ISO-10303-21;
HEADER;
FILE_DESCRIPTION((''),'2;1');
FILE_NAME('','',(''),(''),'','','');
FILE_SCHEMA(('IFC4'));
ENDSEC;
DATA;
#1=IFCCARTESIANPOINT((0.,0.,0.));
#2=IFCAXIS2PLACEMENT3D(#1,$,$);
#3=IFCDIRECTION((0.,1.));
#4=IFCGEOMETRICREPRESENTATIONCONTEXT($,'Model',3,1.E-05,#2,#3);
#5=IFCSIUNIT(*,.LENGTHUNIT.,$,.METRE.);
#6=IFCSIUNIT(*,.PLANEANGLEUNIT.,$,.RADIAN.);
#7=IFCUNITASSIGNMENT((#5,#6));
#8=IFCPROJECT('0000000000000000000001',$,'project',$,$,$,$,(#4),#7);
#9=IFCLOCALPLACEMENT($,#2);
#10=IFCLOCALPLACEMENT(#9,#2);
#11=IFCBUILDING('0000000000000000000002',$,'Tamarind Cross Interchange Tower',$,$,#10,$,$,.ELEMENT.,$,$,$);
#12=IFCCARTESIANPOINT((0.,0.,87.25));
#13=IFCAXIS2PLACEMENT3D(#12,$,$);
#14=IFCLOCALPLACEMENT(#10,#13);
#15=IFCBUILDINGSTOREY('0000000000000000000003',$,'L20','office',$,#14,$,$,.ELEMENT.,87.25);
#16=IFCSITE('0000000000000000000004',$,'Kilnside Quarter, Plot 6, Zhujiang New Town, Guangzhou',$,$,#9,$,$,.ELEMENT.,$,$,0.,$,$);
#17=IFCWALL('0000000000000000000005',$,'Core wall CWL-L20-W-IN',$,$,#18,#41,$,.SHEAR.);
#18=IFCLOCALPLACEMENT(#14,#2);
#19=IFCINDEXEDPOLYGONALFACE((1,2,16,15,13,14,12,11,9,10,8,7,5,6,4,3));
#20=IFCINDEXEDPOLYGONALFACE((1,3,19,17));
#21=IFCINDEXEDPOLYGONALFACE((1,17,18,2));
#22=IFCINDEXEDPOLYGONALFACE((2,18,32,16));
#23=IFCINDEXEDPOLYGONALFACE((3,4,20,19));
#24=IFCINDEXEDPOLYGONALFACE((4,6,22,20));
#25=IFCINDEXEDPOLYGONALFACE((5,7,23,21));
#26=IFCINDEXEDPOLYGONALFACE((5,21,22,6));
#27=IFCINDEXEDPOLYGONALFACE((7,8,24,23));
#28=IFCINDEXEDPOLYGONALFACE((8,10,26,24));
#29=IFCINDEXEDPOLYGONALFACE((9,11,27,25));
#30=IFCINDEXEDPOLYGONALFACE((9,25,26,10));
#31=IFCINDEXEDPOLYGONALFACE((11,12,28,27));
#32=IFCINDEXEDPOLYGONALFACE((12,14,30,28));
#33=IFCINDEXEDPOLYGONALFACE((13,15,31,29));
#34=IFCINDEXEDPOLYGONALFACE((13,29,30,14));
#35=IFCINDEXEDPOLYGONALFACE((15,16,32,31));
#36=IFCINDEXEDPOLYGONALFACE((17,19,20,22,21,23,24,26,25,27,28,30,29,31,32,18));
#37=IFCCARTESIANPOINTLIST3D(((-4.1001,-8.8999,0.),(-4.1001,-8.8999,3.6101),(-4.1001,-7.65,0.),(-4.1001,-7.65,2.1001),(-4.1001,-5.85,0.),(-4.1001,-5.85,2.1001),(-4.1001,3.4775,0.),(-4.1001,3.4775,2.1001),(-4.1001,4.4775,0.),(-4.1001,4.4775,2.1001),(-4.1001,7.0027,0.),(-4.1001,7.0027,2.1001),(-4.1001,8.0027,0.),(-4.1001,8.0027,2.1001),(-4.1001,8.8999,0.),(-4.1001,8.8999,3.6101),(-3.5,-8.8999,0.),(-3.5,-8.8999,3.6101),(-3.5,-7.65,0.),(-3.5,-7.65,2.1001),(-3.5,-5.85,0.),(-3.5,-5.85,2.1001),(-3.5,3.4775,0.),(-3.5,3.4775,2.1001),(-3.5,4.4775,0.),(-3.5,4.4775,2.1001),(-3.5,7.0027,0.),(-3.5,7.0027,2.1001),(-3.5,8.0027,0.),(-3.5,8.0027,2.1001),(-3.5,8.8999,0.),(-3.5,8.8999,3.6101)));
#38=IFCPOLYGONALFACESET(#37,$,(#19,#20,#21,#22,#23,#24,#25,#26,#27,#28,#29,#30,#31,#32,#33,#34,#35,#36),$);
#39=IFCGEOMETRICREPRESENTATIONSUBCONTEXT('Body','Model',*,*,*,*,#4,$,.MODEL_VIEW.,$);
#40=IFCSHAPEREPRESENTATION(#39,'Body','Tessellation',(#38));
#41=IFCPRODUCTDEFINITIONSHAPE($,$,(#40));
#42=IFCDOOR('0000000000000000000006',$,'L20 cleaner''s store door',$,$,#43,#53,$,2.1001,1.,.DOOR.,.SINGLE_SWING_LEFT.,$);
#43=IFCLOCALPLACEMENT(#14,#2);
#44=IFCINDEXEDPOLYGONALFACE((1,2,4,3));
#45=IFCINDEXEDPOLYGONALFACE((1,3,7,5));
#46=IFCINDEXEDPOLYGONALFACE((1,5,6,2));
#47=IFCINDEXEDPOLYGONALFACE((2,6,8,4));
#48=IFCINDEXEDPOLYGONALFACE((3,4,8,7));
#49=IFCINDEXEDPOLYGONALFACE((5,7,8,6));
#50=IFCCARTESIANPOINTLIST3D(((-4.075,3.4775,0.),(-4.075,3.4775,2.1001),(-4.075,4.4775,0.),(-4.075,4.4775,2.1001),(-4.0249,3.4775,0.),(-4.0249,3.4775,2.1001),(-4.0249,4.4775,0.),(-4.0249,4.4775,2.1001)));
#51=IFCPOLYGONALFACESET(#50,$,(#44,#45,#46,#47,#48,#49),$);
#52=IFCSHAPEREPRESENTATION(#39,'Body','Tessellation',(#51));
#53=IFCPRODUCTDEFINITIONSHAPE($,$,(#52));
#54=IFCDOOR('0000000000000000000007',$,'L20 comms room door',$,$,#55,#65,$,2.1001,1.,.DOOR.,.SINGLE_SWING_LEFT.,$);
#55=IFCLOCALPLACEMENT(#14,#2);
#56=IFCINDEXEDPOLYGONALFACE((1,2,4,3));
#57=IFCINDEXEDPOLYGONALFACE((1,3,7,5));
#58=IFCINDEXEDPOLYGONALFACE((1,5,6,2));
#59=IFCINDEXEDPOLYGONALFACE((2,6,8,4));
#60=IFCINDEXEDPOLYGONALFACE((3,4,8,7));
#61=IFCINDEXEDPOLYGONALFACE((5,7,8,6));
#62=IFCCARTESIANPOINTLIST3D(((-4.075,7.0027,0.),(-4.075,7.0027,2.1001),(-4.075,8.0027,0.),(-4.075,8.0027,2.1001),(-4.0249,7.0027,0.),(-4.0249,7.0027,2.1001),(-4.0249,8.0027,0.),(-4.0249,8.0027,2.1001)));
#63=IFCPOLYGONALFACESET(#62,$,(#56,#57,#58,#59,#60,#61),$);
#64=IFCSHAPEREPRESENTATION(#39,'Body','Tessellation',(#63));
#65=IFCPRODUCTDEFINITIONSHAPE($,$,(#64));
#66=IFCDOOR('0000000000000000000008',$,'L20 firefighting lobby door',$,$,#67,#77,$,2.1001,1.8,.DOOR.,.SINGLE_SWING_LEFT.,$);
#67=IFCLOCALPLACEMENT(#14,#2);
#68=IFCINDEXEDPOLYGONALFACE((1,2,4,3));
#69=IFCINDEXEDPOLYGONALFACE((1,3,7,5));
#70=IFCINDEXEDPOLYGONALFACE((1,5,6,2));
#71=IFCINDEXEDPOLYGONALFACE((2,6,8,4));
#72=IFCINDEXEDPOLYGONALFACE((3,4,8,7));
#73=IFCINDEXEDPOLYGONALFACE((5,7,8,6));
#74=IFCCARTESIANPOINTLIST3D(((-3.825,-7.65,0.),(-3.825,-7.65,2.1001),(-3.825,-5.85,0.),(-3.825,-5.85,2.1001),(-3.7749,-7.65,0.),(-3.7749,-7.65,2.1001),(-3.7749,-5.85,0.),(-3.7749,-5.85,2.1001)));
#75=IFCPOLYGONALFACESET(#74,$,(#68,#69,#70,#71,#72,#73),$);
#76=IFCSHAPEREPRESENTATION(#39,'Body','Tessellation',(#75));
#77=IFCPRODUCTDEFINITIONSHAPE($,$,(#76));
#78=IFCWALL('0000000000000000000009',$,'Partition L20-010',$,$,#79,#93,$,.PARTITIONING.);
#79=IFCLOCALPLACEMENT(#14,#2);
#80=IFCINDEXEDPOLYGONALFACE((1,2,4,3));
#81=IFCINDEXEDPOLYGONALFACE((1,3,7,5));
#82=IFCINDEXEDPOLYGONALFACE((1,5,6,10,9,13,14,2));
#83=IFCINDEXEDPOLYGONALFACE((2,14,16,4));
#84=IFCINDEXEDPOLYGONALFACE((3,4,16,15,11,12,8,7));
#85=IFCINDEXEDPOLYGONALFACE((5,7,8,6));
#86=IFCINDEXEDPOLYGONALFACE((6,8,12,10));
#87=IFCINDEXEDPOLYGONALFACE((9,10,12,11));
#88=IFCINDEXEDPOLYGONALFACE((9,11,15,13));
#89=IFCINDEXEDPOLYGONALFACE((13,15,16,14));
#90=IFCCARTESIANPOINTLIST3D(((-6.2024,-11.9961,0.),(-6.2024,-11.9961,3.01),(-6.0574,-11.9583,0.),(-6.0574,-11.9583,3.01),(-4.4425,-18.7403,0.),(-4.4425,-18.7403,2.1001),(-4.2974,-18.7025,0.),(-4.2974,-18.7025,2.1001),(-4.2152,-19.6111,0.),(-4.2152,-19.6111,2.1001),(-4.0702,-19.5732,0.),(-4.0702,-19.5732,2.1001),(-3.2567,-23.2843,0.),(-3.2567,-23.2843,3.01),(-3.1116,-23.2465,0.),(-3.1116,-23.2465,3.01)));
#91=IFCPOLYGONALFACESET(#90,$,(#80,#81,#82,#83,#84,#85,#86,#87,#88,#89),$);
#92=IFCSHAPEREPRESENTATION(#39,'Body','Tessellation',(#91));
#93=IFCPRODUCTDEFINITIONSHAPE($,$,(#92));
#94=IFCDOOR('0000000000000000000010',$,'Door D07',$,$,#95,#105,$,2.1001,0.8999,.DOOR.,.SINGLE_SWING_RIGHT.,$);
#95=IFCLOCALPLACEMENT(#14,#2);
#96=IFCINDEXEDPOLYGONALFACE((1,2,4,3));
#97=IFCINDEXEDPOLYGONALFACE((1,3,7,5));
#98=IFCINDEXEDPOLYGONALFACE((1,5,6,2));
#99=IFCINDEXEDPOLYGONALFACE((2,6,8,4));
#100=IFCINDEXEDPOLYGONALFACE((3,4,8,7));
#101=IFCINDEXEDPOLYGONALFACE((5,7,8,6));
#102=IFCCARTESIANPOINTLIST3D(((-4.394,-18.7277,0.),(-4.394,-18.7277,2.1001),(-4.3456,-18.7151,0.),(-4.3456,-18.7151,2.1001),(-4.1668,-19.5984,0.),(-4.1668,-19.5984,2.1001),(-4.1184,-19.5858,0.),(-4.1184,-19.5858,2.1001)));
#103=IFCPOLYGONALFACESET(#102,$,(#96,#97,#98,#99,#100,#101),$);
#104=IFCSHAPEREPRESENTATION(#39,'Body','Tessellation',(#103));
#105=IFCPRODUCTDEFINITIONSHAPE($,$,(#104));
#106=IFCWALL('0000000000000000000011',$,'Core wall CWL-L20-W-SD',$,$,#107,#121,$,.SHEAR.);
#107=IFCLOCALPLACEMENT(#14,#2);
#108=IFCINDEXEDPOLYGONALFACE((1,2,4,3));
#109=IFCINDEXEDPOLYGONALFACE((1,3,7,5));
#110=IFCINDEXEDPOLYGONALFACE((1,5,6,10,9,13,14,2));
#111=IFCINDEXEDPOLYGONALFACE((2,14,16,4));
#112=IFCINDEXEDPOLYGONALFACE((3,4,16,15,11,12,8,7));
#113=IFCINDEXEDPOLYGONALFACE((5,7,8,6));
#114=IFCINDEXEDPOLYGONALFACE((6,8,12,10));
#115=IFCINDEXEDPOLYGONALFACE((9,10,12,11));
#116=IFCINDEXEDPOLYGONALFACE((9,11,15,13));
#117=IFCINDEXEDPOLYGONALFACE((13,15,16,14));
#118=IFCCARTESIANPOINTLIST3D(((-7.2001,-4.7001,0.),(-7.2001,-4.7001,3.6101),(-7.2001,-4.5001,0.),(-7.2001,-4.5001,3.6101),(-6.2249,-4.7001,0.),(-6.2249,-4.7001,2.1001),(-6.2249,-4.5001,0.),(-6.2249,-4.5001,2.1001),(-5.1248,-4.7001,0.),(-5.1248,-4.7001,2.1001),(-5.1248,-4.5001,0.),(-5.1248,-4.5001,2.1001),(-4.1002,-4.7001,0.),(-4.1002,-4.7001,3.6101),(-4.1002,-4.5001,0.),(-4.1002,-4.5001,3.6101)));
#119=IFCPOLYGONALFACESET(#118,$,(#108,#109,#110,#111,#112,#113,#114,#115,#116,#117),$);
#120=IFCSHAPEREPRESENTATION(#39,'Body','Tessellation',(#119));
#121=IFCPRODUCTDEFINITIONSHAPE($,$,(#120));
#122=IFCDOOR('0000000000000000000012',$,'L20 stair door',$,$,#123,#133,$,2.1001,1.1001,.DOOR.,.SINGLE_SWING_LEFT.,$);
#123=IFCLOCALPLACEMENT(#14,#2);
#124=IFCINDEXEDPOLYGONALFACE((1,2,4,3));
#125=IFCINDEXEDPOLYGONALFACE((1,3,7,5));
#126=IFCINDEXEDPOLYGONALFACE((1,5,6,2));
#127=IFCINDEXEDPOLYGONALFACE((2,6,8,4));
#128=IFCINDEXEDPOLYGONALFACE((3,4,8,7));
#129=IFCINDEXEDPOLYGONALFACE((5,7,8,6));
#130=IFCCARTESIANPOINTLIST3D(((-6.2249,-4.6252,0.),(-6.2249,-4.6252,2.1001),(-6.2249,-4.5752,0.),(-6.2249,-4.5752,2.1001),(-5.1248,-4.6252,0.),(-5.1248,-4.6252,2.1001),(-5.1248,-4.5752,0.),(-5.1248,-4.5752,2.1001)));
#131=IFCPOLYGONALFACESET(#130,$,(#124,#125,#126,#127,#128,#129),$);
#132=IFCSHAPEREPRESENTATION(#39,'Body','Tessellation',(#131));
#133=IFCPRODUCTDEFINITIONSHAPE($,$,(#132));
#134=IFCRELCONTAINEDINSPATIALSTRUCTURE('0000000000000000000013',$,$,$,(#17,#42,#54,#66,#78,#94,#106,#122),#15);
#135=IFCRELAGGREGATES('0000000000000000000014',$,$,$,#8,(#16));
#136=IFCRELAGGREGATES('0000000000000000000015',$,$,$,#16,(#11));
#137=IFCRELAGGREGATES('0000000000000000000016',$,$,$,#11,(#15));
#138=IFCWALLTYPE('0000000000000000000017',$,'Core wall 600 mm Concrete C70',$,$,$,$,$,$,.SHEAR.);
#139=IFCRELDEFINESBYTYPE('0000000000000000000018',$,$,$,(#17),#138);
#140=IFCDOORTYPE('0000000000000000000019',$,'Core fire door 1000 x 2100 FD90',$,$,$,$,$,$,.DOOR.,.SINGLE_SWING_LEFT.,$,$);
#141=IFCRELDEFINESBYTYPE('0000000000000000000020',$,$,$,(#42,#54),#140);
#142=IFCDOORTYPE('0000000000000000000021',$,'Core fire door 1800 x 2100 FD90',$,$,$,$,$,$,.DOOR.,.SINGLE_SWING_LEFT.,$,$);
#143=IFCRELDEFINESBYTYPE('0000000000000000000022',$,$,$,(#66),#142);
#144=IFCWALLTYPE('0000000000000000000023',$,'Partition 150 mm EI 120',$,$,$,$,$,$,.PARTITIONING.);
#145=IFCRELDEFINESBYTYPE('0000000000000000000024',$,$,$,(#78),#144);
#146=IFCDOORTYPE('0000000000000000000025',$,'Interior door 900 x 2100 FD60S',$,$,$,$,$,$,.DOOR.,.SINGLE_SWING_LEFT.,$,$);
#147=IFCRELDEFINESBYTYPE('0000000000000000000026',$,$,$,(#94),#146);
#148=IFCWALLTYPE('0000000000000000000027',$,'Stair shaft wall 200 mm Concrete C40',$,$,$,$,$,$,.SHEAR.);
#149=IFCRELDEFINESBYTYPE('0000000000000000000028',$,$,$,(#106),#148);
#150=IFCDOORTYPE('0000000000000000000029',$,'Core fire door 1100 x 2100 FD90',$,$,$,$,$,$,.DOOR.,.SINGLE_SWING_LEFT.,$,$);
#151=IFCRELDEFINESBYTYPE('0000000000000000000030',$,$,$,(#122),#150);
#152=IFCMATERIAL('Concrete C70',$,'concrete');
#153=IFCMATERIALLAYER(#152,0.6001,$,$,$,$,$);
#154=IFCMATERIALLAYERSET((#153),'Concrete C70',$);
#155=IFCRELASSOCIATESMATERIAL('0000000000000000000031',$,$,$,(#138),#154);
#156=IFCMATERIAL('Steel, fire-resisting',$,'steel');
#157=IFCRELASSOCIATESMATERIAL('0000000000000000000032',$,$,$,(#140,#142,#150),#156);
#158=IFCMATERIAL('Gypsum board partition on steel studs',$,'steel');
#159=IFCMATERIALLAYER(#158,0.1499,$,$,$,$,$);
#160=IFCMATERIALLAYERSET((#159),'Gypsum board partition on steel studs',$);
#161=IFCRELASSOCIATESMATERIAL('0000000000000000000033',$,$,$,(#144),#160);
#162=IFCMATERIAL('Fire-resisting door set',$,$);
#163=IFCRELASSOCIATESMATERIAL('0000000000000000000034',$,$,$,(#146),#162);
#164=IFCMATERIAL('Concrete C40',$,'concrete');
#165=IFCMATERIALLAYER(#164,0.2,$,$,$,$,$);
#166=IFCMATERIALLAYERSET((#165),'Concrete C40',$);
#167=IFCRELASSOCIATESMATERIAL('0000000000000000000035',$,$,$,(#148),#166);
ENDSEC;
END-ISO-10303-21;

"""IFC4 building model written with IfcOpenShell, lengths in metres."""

from ifc_helpers import new_model, si_unit, direction, frame, frame_2d, origin, place, context, subcontext, project, spatial, rectangle, extrude, material, layer, layer_set, type_object, element, fill, save


model = new_model("IFC4")

# Units and contexts
model_context = context("Model", 3, precision=1e-05, world=origin(), true_north=direction((0.0, 1.0)))
body_context = subcontext(model_context, "Body", "Model", "MODEL_VIEW")
ifc_project = project(units=[si_unit("LENGTHUNIT", "METRE"), si_unit("PLANEANGLEUNIT", "RADIAN")], contexts=[model_context])

# Site, building, storey
site_placement = place(None, origin())
site = spatial("IfcSite", under=ifc_project, at=site_placement, Name="Kilnside Quarter, Plot 6, Zhujiang New Town, Guangzhou", CompositionType="ELEMENT", RefElevation=0.0)
building_placement = place(site_placement, origin())
building = spatial("IfcBuilding", under=site, at=building_placement, Name="Tamarind Cross Interchange Tower", CompositionType="ELEMENT")
storey_placement = place(building_placement, frame((0.0, 0.0, 87.25)))
storey = spatial("IfcBuildingStorey", under=building, at=storey_placement, Name="L20", Description="office", CompositionType="ELEMENT", Elevation=87.25)

# Wall, openings, doors
ifc_material_1 = material(Name="Concrete C70", Category="concrete")
ifc_layer_1 = layer(ifc_material_1, 0.6001)
ifc_layer_set_1 = layer_set([ifc_layer_1], Name="Concrete C70")
wall_type_1 = type_object("IfcWallType", Name="Core wall 600 mm Concrete C70", PredefinedType="SHEAR", material=ifc_layer_set_1)
wall_1_placement = place(storey_placement, frame((-3.8, -8.8999, 0.0), z_axis=(0.0, 0.0, 1.0), x_axis=(0.0, 1.0, 0.0)))
wall_1 = element("IfcWall", 1, at=wall_1_placement, inside=storey, type_object=wall_type_1, Name="Core wall CWL-L20-W-IN", PredefinedType="SHEAR", context=body_context, shape_type="SweptSolid", body=[
    extrude(rectangle(XDim=17.7998, YDim=0.6001, at=frame_2d((8.8999, 0.0))), origin(), (0.0, 0.0, 1.0), 3.6101),
])
opening_1_placement = place(wall_1_placement, frame((1.25, 0.0, 0.0)))
opening_1 = element("IfcOpeningElement", 2, at=opening_1_placement, cuts=wall_1, PredefinedType="OPENING", context=body_context, shape_type="SweptSolid", body=[
    extrude(rectangle(XDim=1.8, YDim=2.1001, at=frame_2d((0.8999, 1.05))), frame((0.0, 0.3101, 0.0), z_axis=(0.0, -1.0, 0.0), x_axis=(1.0, 0.0, 0.0)), (0.0, 0.0, 1.0), 0.6201),
])
opening_2_placement = place(wall_1_placement, frame((12.3774, 0.0, 0.0)))
opening_2 = element("IfcOpeningElement", 3, at=opening_2_placement, cuts=wall_1, PredefinedType="OPENING", context=body_context, shape_type="SweptSolid", body=[
    extrude(rectangle(XDim=1.0, YDim=2.1001, at=frame_2d((0.5, 1.05))), frame((0.0, 0.3101, 0.0), z_axis=(0.0, -1.0, 0.0), x_axis=(1.0, 0.0, 0.0)), (0.0, 0.0, 1.0), 0.6201),
])
opening_3_placement = place(wall_1_placement, frame((15.9026, 0.0, 0.0)))
opening_3 = element("IfcOpeningElement", 4, at=opening_3_placement, cuts=wall_1, PredefinedType="OPENING", context=body_context, shape_type="SweptSolid", body=[
    extrude(rectangle(XDim=1.0, YDim=2.1001, at=frame_2d((0.5, 1.05))), frame((0.0, 0.3101, 0.0), z_axis=(0.0, -1.0, 0.0), x_axis=(1.0, 0.0, 0.0)), (0.0, 0.0, 1.0), 0.6201),
])
ifc_material_2 = material(Name="Steel, fire-resisting", Category="steel")
door_type_1 = type_object("IfcDoorType", Name="Core fire door 1000 x 2100 FD90", OperationType="SINGLE_SWING_LEFT", PredefinedType="DOOR", material=ifc_material_2)
door_1_placement = place(opening_2_placement, origin())
door_1 = element("IfcDoor", 5, at=door_1_placement, inside=storey, type_object=door_type_1, Name="L20 cleaner's store door", OperationType="SINGLE_SWING_LEFT", OverallHeight=2.1001, OverallWidth=1.0, PredefinedType="DOOR", context=body_context, shape_type="SweptSolid", body=[
    extrude(rectangle(XDim=1.0, YDim=2.1001, at=frame_2d((0.5, 1.05))), frame((0.0, 0.2749, 0.0), z_axis=(0.0, -1.0, 0.0), x_axis=(1.0, 0.0, 0.0)), (0.0, 0.0, 1.0), 0.05),
])
fill(opening_2, door_1)
door_2_placement = place(opening_3_placement, origin())
door_2 = element("IfcDoor", 6, at=door_2_placement, inside=storey, type_object=door_type_1, Name="L20 comms room door", OperationType="SINGLE_SWING_LEFT", OverallHeight=2.1001, OverallWidth=1.0, PredefinedType="DOOR", context=body_context, shape_type="SweptSolid", body=[
    extrude(rectangle(XDim=1.0, YDim=2.1001, at=frame_2d((0.5, 1.05))), frame((0.0, 0.2749, 0.0), z_axis=(0.0, -1.0, 0.0), x_axis=(1.0, 0.0, 0.0)), (0.0, 0.0, 1.0), 0.05),
])
fill(opening_3, door_2)
door_type_2 = type_object("IfcDoorType", Name="Core fire door 1800 x 2100 FD90", OperationType="SINGLE_SWING_LEFT", PredefinedType="DOOR", material=ifc_material_2)
door_3_placement = place(opening_1_placement, origin())
door_3 = element("IfcDoor", 7, at=door_3_placement, inside=storey, type_object=door_type_2, Name="L20 firefighting lobby door", OperationType="SINGLE_SWING_LEFT", OverallHeight=2.1001, OverallWidth=1.8, PredefinedType="DOOR", context=body_context, shape_type="SweptSolid", body=[
    extrude(rectangle(XDim=1.8, YDim=2.1001, at=frame_2d((0.8999, 1.05))), frame((0.0, 0.0249, 0.0), z_axis=(0.0, -1.0, 0.0), x_axis=(1.0, 0.0, 0.0)), (0.0, 0.0, 1.0), 0.05),
])
fill(opening_1, door_3)

# Walls, openings, doors
ifc_material_3 = material(Name="Gypsum board partition on steel studs", Category="steel")
ifc_layer_2 = layer(ifc_material_3, 0.1499)
ifc_layer_set_2 = layer_set([ifc_layer_2], Name="Gypsum board partition on steel studs")
wall_type_2 = type_object("IfcWallType", Name="Partition 150 mm EI 120", PredefinedType="PARTITIONING", material=ifc_layer_set_2)
wall_2_placement = place(storey_placement, frame((-6.1299, -11.9773, 0.0), z_axis=(0.0, 0.0, 1.0), x_axis=(0.252504, -0.967596, 0.0)))
wall_2 = element("IfcWall", 8, at=wall_2_placement, inside=storey, type_object=wall_type_2, Name="Partition L20-010", PredefinedType="PARTITIONING", context=body_context, shape_type="SweptSolid", body=[
    extrude(rectangle(XDim=11.6663, YDim=0.1499, at=frame_2d((5.833, 0.0))), origin(), (0.0, 0.0, 1.0), 3.01),
])
opening_4_placement = place(wall_2_placement, frame((6.97, 0.0, 0.0)))
opening_4 = element("IfcOpeningElement", 9, at=opening_4_placement, cuts=wall_2, PredefinedType="OPENING", context=body_context, shape_type="SweptSolid", body=[
    extrude(rectangle(XDim=0.8999, YDim=2.1001, at=frame_2d((0.45, 1.05))), frame((0.0, 0.085, 0.0), z_axis=(0.0, -1.0, 0.0), x_axis=(1.0, 0.0, 0.0)), (0.0, 0.0, 1.0), 0.1699),
])
ifc_material_4 = material(Name="Fire-resisting door set")
door_type_3 = type_object("IfcDoorType", Name="Interior door 900 x 2100 FD60S", OperationType="SINGLE_SWING_LEFT", PredefinedType="DOOR", material=ifc_material_4)
door_4_placement = place(opening_4_placement, frame((0.8999, 0.0, 0.0), z_axis=(0.0, 0.0, 1.0), x_axis=(-1.0, 0.0, 0.0)))
door_4 = element("IfcDoor", 10, at=door_4_placement, inside=storey, type_object=door_type_3, Name="Door D07", OperationType="SINGLE_SWING_RIGHT", OverallHeight=2.1001, OverallWidth=0.8999, PredefinedType="DOOR", context=body_context, shape_type="SweptSolid", body=[
    extrude(rectangle(XDim=0.8999, YDim=2.1001, at=frame_2d((0.45, 1.05))), frame((0.0, 0.0249, 0.0), z_axis=(0.0, -1.0, 0.0), x_axis=(1.0, 0.0, 0.0)), (0.0, 0.0, 1.0), 0.05),
])
fill(opening_4, door_4)
ifc_material_5 = material(Name="Concrete C40", Category="concrete")
ifc_layer_3 = layer(ifc_material_5, 0.2)
ifc_layer_set_3 = layer_set([ifc_layer_3], Name="Concrete C40")
wall_type_3 = type_object("IfcWallType", Name="Stair shaft wall 200 mm Concrete C40", PredefinedType="SHEAR", material=ifc_layer_set_3)
wall_3_placement = place(storey_placement, frame((-7.2, -4.6001, 0.0), z_axis=(0.0, 0.0, 1.0), x_axis=(1.0, 0.0, 0.0)))
wall_3 = element("IfcWall", 11, at=wall_3_placement, inside=storey, type_object=wall_type_3, Name="Core wall CWL-L20-W-SD", PredefinedType="SHEAR", context=body_context, shape_type="SweptSolid", body=[
    extrude(rectangle(XDim=3.0999, YDim=0.2, at=frame_2d((1.5498, 0.0))), origin(), (0.0, 0.0, 1.0), 3.6101),
])
opening_5_placement = place(wall_3_placement, frame((0.9751, 0.0, 0.0)))
opening_5 = element("IfcOpeningElement", 12, at=opening_5_placement, cuts=wall_3, PredefinedType="OPENING", context=body_context, shape_type="SweptSolid", body=[
    extrude(rectangle(XDim=1.1001, YDim=2.1001, at=frame_2d((0.55, 1.05))), frame((0.0, 0.1099, 0.0), z_axis=(0.0, -1.0, 0.0), x_axis=(1.0, 0.0, 0.0)), (0.0, 0.0, 1.0), 0.22),
])
door_type_4 = type_object("IfcDoorType", Name="Core fire door 1100 x 2100 FD90", OperationType="SINGLE_SWING_LEFT", PredefinedType="DOOR", material=ifc_material_2)
door_5_placement = place(opening_5_placement, origin())
door_5 = element("IfcDoor", 13, at=door_5_placement, inside=storey, type_object=door_type_4, Name="L20 stair door", OperationType="SINGLE_SWING_LEFT", OverallHeight=2.1001, OverallWidth=1.1001, PredefinedType="DOOR", context=body_context, shape_type="SweptSolid", body=[
    extrude(rectangle(XDim=1.1001, YDim=2.1001, at=frame_2d((0.55, 1.05))), frame((0.0, 0.0249, 0.0), z_axis=(0.0, -1.0, 0.0), x_axis=(1.0, 0.0, 0.0)), (0.0, 0.0, 1.0), 0.05),
])
fill(opening_5, door_5)

save(model, "model.ifc")
